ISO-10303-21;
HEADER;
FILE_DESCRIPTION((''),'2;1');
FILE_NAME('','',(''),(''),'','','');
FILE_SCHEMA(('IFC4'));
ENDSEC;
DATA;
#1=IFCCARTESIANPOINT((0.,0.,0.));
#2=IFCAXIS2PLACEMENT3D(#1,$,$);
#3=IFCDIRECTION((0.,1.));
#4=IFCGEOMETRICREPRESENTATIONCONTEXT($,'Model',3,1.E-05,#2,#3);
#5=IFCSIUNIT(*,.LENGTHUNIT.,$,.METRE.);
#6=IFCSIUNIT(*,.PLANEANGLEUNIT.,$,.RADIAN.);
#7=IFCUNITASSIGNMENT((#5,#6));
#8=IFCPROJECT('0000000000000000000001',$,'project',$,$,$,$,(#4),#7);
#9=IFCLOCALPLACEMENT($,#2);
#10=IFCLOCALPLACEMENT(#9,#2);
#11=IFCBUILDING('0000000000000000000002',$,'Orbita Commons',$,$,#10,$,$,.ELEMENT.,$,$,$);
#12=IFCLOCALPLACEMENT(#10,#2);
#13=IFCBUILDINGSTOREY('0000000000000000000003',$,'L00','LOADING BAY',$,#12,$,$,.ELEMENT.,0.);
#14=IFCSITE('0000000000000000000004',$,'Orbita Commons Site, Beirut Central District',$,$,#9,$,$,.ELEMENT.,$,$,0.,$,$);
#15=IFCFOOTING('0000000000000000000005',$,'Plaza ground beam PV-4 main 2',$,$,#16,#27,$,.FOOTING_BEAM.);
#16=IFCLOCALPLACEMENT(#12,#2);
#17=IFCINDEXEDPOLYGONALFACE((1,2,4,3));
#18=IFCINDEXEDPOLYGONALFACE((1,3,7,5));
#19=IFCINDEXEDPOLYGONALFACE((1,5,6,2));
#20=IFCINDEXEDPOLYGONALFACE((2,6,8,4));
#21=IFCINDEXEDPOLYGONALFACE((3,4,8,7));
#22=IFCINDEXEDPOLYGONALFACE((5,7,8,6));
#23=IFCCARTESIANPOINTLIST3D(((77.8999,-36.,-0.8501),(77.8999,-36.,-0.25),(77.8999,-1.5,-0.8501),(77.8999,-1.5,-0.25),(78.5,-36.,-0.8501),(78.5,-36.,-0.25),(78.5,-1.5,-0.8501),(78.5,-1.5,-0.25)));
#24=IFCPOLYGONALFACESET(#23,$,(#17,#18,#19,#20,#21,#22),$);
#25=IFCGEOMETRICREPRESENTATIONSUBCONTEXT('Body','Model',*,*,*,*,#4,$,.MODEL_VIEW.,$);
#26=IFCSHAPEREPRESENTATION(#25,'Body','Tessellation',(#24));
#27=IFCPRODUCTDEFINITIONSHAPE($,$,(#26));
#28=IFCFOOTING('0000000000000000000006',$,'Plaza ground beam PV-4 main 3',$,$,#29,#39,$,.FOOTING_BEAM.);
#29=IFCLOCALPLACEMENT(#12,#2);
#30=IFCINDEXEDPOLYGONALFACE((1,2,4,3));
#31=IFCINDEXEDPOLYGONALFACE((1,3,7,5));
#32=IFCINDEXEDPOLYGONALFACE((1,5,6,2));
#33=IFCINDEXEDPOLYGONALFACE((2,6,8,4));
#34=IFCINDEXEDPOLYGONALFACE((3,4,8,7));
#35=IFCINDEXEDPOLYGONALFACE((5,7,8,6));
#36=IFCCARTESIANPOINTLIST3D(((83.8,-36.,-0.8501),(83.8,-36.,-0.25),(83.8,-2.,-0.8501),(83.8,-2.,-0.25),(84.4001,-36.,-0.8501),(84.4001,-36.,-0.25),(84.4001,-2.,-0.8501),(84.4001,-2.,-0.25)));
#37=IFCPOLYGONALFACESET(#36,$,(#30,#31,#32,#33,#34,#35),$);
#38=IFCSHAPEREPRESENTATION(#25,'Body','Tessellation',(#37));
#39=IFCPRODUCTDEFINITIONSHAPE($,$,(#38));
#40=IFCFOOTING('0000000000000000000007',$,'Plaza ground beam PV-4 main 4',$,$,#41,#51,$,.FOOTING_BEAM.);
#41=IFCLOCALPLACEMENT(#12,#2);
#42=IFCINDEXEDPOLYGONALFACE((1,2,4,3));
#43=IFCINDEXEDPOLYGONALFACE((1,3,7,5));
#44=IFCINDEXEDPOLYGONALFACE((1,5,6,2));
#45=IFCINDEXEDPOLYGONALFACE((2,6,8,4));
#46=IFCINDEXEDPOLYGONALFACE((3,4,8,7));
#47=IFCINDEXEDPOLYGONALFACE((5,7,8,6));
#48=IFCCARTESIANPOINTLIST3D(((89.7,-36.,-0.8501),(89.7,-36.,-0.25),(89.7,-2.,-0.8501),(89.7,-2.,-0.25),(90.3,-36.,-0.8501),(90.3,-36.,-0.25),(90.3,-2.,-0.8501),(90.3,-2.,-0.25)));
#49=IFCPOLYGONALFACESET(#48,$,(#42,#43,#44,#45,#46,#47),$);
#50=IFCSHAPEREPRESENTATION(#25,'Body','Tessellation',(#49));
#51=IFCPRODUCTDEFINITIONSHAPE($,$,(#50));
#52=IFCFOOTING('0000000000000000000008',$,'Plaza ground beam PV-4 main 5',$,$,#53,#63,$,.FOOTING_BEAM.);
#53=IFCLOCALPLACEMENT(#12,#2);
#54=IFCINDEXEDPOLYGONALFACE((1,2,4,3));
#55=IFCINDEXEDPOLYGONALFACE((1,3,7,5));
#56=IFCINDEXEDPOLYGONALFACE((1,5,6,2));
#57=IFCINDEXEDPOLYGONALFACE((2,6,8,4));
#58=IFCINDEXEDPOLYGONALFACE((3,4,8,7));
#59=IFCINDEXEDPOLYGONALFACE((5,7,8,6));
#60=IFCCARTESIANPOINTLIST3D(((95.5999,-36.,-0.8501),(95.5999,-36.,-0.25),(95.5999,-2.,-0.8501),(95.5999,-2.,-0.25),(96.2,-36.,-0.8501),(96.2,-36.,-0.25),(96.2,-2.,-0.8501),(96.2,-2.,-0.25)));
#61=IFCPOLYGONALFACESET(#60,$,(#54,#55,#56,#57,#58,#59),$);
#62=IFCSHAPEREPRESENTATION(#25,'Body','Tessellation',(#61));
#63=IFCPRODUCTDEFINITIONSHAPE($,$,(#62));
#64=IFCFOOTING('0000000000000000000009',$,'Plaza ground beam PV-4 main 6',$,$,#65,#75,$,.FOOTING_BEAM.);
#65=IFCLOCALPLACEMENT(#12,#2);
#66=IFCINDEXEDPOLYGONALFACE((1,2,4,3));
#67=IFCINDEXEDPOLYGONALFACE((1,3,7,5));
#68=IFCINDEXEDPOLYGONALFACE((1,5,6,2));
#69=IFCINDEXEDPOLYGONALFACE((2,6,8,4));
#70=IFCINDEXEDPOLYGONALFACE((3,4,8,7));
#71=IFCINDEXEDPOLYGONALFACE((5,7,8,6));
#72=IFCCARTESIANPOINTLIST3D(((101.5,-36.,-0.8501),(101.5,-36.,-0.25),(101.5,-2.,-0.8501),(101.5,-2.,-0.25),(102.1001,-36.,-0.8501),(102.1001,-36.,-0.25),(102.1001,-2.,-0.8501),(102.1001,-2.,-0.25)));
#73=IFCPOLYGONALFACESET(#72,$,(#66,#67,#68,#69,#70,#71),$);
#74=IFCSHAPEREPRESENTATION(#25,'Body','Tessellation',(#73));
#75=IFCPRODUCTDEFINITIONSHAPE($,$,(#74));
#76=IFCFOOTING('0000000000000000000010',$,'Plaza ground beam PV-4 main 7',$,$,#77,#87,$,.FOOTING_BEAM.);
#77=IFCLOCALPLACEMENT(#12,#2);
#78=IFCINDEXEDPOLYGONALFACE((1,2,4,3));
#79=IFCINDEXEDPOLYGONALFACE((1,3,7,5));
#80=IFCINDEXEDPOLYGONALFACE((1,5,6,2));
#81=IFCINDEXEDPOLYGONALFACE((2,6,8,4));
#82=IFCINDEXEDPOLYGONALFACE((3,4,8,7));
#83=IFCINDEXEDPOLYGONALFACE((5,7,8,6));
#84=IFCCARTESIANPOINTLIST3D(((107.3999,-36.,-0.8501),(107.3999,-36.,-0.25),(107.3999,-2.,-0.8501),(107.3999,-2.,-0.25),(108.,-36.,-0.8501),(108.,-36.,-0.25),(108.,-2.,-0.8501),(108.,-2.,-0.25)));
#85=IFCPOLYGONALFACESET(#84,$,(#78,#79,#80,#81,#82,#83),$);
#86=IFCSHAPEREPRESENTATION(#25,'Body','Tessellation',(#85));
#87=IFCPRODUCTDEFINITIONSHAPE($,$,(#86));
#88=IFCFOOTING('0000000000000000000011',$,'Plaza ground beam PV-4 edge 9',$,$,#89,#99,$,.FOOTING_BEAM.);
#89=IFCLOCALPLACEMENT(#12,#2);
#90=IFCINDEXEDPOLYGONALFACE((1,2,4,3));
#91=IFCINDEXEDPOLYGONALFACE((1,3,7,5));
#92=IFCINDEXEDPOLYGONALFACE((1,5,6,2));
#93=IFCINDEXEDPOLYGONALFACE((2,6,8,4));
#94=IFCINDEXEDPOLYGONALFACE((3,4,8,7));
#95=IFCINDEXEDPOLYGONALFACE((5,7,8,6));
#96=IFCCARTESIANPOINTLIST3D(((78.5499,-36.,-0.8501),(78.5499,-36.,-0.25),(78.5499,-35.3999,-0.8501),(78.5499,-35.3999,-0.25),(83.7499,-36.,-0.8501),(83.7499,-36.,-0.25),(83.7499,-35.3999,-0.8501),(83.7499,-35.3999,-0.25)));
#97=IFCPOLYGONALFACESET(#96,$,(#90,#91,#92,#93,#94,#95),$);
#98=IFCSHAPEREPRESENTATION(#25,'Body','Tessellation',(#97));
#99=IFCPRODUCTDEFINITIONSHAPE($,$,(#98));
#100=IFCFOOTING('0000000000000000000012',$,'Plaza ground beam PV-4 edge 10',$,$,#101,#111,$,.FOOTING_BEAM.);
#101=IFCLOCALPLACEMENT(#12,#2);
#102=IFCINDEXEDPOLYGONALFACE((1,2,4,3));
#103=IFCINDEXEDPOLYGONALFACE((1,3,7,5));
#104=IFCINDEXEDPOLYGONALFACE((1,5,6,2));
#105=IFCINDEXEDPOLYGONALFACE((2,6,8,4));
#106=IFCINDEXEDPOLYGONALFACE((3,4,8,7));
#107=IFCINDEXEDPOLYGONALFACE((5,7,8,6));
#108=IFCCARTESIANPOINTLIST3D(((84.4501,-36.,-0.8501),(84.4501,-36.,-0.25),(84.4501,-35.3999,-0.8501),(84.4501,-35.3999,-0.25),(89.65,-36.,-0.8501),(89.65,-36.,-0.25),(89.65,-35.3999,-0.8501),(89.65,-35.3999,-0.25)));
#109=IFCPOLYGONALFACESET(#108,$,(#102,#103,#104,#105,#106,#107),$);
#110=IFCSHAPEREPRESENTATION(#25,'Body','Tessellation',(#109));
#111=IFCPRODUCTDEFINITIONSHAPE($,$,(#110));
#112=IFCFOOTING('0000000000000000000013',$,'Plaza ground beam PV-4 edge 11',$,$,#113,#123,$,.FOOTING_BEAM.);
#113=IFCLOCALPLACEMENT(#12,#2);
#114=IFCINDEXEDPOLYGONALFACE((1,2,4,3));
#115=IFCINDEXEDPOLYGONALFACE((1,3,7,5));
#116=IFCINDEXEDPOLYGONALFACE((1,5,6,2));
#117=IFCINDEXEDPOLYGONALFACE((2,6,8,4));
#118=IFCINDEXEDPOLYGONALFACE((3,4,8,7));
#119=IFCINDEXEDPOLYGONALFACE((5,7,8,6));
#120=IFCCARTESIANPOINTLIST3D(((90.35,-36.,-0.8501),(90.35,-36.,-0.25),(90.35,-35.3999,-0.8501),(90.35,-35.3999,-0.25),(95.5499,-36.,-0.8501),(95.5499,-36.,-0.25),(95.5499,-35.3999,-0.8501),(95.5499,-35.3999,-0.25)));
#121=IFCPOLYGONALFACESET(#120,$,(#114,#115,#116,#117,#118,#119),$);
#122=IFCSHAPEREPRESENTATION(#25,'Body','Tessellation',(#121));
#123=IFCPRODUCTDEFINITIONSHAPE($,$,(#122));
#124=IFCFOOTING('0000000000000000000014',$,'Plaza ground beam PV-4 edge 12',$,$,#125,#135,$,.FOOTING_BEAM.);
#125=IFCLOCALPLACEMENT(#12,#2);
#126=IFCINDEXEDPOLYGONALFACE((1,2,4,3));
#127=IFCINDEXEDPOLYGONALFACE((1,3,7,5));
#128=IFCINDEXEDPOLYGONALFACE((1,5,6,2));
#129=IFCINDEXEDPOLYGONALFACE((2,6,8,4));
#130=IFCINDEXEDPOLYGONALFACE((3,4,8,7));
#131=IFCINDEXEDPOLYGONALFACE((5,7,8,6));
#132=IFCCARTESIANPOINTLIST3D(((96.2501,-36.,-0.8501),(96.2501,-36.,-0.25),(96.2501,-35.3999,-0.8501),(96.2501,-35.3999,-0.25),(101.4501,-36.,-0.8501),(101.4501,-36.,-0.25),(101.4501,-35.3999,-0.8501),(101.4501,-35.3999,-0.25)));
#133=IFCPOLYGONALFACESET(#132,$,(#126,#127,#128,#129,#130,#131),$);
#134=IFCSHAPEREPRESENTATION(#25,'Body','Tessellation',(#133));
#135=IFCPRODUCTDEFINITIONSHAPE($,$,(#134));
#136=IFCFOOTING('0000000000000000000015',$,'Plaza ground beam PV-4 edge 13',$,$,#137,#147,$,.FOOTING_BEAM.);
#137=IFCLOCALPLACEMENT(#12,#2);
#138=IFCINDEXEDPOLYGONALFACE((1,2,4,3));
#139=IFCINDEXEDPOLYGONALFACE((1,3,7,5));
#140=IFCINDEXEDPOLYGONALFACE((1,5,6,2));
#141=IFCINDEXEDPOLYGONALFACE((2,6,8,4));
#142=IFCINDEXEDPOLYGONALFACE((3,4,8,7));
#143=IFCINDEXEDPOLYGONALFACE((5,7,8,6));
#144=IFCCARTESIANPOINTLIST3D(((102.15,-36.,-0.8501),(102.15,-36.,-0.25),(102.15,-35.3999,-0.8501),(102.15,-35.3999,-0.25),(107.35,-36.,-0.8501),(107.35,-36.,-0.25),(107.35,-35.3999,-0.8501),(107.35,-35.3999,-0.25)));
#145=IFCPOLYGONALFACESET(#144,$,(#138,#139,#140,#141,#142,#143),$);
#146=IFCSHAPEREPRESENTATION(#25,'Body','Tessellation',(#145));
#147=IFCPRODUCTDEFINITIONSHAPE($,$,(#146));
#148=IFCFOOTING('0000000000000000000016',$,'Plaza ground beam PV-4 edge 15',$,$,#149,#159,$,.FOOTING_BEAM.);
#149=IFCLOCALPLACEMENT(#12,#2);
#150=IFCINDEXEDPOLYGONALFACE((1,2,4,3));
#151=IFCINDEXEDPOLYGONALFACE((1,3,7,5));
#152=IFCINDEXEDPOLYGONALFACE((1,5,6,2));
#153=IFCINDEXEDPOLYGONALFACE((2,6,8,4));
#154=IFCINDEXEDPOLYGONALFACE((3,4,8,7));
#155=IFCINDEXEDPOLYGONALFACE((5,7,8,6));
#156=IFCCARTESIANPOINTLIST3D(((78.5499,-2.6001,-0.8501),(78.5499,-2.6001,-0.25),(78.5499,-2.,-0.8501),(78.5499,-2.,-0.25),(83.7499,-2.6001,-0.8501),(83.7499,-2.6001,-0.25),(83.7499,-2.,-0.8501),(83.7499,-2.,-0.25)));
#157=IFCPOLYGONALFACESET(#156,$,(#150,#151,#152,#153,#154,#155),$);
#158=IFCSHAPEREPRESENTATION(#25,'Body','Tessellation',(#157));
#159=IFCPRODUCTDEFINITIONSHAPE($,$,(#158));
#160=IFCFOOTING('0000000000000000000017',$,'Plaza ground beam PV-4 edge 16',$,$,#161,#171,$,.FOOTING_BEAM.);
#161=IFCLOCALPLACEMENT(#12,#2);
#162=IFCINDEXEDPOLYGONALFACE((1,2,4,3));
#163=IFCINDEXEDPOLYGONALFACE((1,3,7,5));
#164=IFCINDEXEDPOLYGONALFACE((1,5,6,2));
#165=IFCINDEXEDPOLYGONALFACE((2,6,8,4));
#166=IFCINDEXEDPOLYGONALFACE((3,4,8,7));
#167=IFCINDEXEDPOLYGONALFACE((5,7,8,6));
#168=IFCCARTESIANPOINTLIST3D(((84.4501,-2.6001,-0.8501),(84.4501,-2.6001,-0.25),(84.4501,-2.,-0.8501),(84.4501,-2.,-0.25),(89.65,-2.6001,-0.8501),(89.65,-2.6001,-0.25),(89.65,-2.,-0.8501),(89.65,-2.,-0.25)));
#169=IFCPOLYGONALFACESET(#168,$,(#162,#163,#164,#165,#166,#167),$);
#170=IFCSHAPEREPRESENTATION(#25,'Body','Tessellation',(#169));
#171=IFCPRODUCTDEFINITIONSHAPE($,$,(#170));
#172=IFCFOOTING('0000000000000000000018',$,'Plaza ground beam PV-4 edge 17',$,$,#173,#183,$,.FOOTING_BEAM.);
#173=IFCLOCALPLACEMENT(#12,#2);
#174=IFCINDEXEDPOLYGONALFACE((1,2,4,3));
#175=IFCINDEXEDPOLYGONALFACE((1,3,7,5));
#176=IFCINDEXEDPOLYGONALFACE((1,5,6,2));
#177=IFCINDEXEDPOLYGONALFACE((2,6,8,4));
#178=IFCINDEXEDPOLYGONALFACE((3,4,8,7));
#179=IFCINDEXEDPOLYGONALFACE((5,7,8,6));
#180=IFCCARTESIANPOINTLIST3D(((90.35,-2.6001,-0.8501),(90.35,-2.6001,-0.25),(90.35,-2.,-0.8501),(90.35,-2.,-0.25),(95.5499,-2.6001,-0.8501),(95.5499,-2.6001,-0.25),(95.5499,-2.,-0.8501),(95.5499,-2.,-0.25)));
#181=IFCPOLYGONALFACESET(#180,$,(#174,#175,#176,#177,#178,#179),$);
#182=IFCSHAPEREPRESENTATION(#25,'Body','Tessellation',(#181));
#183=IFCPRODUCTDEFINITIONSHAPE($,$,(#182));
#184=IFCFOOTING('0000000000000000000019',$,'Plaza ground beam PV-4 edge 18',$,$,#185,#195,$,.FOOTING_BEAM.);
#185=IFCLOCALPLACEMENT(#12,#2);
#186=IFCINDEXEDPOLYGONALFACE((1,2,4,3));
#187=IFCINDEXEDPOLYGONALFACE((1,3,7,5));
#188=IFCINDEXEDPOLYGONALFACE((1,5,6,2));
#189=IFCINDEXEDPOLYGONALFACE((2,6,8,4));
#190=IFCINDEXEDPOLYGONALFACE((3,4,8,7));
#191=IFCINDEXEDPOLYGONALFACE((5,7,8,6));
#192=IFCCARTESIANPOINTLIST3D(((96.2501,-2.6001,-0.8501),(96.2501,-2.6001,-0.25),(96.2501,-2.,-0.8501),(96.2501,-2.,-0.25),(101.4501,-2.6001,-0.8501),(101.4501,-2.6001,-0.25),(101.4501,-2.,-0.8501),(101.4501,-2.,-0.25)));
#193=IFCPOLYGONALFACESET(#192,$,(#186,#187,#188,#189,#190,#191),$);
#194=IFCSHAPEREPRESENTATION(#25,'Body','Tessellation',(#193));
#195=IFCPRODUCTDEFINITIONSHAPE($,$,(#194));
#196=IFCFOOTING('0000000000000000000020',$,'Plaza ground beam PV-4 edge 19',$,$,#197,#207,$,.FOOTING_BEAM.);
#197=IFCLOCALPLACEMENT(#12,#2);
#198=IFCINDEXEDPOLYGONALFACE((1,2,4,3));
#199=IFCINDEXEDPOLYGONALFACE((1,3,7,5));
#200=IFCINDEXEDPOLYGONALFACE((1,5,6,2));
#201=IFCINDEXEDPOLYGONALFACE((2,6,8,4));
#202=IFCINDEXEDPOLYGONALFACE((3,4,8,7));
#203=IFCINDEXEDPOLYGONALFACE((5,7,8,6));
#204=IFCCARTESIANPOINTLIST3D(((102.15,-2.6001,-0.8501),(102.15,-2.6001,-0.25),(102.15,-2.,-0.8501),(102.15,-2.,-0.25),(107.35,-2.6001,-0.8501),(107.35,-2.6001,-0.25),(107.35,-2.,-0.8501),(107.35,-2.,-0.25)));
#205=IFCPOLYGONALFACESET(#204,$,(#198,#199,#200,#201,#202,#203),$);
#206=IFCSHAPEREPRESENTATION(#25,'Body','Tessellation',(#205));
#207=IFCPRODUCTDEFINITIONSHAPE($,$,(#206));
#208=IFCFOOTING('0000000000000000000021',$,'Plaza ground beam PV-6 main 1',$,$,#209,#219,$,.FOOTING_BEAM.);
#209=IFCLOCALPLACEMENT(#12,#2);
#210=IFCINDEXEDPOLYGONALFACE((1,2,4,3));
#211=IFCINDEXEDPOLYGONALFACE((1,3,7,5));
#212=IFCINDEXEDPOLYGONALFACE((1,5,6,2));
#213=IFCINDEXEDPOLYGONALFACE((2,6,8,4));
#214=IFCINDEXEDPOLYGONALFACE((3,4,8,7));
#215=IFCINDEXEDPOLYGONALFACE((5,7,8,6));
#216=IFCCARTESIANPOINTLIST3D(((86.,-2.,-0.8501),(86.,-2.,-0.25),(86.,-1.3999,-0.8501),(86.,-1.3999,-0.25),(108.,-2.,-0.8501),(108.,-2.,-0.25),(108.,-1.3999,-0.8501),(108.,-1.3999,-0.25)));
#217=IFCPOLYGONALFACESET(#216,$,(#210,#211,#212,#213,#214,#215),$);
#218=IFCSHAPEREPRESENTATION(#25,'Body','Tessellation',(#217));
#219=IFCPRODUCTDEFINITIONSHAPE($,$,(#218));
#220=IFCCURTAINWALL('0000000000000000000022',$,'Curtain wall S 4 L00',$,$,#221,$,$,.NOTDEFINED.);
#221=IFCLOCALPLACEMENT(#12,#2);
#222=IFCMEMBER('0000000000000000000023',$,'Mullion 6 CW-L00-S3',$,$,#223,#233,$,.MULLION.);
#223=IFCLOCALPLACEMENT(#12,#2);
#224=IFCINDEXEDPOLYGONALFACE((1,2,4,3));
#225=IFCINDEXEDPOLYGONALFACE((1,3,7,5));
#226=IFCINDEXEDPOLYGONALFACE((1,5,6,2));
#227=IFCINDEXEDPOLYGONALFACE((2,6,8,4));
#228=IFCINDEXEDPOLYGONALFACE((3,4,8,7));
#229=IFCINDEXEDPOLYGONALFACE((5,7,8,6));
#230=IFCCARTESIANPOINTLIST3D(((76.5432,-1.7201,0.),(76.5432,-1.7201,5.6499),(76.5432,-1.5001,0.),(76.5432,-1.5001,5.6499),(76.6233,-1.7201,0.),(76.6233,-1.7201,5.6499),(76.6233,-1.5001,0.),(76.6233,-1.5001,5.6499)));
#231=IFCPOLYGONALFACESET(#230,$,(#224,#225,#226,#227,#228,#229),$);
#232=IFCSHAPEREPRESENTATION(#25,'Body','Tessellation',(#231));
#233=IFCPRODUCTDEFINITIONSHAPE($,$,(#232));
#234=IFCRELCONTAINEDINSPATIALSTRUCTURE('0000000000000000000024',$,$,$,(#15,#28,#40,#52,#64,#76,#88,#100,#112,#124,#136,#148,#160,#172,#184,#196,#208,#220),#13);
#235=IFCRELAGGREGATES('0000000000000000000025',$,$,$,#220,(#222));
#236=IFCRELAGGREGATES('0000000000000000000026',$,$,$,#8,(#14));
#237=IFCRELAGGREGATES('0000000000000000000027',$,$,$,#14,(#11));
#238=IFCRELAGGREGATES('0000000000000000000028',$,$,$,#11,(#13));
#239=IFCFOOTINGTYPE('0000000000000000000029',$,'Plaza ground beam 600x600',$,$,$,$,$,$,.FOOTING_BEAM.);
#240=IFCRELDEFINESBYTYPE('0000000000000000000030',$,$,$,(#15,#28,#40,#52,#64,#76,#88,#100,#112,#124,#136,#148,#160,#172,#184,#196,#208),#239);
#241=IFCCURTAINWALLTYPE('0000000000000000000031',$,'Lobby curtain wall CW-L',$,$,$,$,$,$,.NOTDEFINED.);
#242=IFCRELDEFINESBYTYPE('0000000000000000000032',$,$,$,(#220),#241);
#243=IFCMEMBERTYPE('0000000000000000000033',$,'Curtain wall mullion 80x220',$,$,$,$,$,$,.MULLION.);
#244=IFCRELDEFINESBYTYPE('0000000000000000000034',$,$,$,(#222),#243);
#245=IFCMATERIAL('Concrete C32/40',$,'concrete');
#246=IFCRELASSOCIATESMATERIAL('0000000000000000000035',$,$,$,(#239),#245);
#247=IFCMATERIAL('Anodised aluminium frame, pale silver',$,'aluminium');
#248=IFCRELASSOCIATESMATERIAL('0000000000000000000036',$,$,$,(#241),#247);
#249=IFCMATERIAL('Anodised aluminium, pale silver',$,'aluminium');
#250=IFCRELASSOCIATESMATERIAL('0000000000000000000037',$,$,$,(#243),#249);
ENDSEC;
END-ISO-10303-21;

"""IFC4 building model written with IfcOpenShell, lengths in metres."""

from ifc_helpers import new_model, si_unit, direction, frame, origin, origin_2d, place, context, subcontext, project, spatial, rectangle, extrude, material, material_profile, profile_set, type_object, element, aggregate, save


model = new_model("IFC4")

# Units and contexts
model_context = context("Model", 3, precision=1e-05, world=origin(), true_north=direction((0.0, 1.0)))
body_context = subcontext(model_context, "Body", "Model", "MODEL_VIEW")
ifc_project = project(units=[si_unit("LENGTHUNIT", "METRE"), si_unit("PLANEANGLEUNIT", "RADIAN")], contexts=[model_context])

# Site, building, storey
site_placement = place(None, origin())
site = spatial("IfcSite", under=ifc_project, at=site_placement, Name="Orbita Commons Site, Beirut Central District", CompositionType="ELEMENT", RefElevation=0.0)
building_placement = place(site_placement, origin())
building = spatial("IfcBuilding", under=site, at=building_placement, Name="Orbita Commons", CompositionType="ELEMENT")
storey_placement = place(building_placement, origin())
storey = spatial("IfcBuildingStorey", under=building, at=storey_placement, Name="L00", Description="LOADING BAY", CompositionType="ELEMENT", Elevation=0.0)

# Footings
ifc_material_1 = material(Name="Concrete C32/40", Category="concrete")
footing_type = type_object("IfcFootingType", Name="Plaza ground beam 600x600", PredefinedType="FOOTING_BEAM", material=ifc_material_1)
footing_1_placement = place(storey_placement, frame((78.2, -18.75, -0.8501), z_axis=(0.0, 0.0, 1.0), x_axis=(1.0, 0.0, 0.0)))
element("IfcFooting", 1, at=footing_1_placement, inside=storey, type_object=footing_type, Name="Plaza ground beam PV-4 main 2", PredefinedType="FOOTING_BEAM", context=body_context, shape_type="SweptSolid", body=[
    extrude(rectangle(XDim=0.6001, YDim=34.5, at=origin_2d()), origin(), (0.0, 0.0, 1.0), 0.6001),
])
for number, where, z_axis, x_axis, name in (
    (2, (84.1001, -19.0, -0.8501), (0.0, 0.0, 1.0), (1.0, 0.0, 0.0), "Plaza ground beam PV-4 main 3"),
    (3, (90.0, -19.0, -0.8501), (0.0, 0.0, 1.0), (1.0, 0.0, 0.0), "Plaza ground beam PV-4 main 4"),
    (4, (95.8999, -19.0, -0.8501), (0.0, 0.0, 1.0), (1.0, 0.0, 0.0), "Plaza ground beam PV-4 main 5"),
    (5, (101.8, -19.0, -0.8501), (0.0, 0.0, 1.0), (1.0, 0.0, 0.0), "Plaza ground beam PV-4 main 6"),
    (6, (107.7, -19.0, -0.8501), (0.0, 0.0, 1.0), (1.0, 0.0, 0.0), "Plaza ground beam PV-4 main 7"),
):
    element("IfcFooting", number, at=place(storey_placement, frame(where, z_axis=z_axis, x_axis=x_axis)), inside=storey, type_object=footing_type, Name=name, PredefinedType="FOOTING_BEAM", context=body_context, shape_type="SweptSolid", body=[
        extrude(rectangle(XDim=0.6001, YDim=34.0, at=origin_2d()), origin(), (0.0, 0.0, 1.0), 0.6001),
    ])
for number, where, z_axis, x_axis, name in (
    (7, (81.1499, -35.7, -0.8501), (0.0, 0.0, 1.0), (1.0, 0.0, 0.0), "Plaza ground beam PV-4 edge 9"),
    (8, (87.05, -35.7, -0.8501), (0.0, 0.0, 1.0), (1.0, 0.0, 0.0), "Plaza ground beam PV-4 edge 10"),
    (9, (92.95, -35.7, -0.8501), (0.0, 0.0, 1.0), (1.0, 0.0, 0.0), "Plaza ground beam PV-4 edge 11"),
    (10, (98.8501, -35.7, -0.8501), (0.0, 0.0, 1.0), (1.0, 0.0, 0.0), "Plaza ground beam PV-4 edge 12"),
    (11, (104.75, -35.7, -0.8501), (0.0, 0.0, 1.0), (1.0, 0.0, 0.0), "Plaza ground beam PV-4 edge 13"),
    (12, (81.1499, -2.3, -0.8501), (0.0, 0.0, 1.0), (1.0, 0.0, 0.0), "Plaza ground beam PV-4 edge 15"),
    (13, (87.05, -2.3, -0.8501), (0.0, 0.0, 1.0), (1.0, 0.0, 0.0), "Plaza ground beam PV-4 edge 16"),
    (14, (92.95, -2.3, -0.8501), (0.0, 0.0, 1.0), (1.0, 0.0, 0.0), "Plaza ground beam PV-4 edge 17"),
    (15, (98.8501, -2.3, -0.8501), (0.0, 0.0, 1.0), (1.0, 0.0, 0.0), "Plaza ground beam PV-4 edge 18"),
    (16, (104.75, -2.3, -0.8501), (0.0, 0.0, 1.0), (1.0, 0.0, 0.0), "Plaza ground beam PV-4 edge 19"),
):
    element("IfcFooting", number, at=place(storey_placement, frame(where, z_axis=z_axis, x_axis=x_axis)), inside=storey, type_object=footing_type, Name=name, PredefinedType="FOOTING_BEAM", context=body_context, shape_type="SweptSolid", body=[
        extrude(rectangle(XDim=5.2, YDim=0.6001, at=origin_2d()), origin(), (0.0, 0.0, 1.0), 0.6001),
    ])
footing_2_placement = place(storey_placement, frame((97.0, -1.7, -0.8501), z_axis=(0.0, 0.0, 1.0), x_axis=(1.0, 0.0, 0.0)))
element("IfcFooting", 17, at=footing_2_placement, inside=storey, type_object=footing_type, Name="Plaza ground beam PV-6 main 1", PredefinedType="FOOTING_BEAM", context=body_context, shape_type="SweptSolid", body=[
    extrude(rectangle(XDim=22.0, YDim=0.6001, at=origin_2d()), origin(), (0.0, 0.0, 1.0), 0.6001),
])

# Curtain wall, member
ifc_material_2 = material(Name="Anodised aluminium frame, pale silver", Category="aluminium")
curtain_wall_type = type_object("IfcCurtainWallType", Name="Lobby curtain wall CW-L", PredefinedType="NOTDEFINED", material=ifc_material_2)
curtain_wall_placement = place(storey_placement, origin())
curtain_wall = element("IfcCurtainWall", 18, at=curtain_wall_placement, inside=storey, type_object=curtain_wall_type, Name="Curtain wall S 4 L00", PredefinedType="NOTDEFINED")
ifc_material_3 = material(Name="Anodised aluminium, pale silver", Category="aluminium")
ifc_material_profile_1 = material_profile(ifc_material_3, rectangle(XDim=0.0801, YDim=0.22, at=origin_2d()), Name="AL 80x220")
ifc_profile_set_1 = profile_set([ifc_material_profile_1], Name="Anodised aluminium, pale silver")
member_type_1 = type_object("IfcMemberType", Name="Curtain wall mullion 80x220", PredefinedType="MULLION", material=ifc_profile_set_1)
member_1_placement = place(storey_placement, frame((76.5833, -1.6101, 0.0), z_axis=(0.0, 0.0, 1.0), x_axis=(1.0, 0.0, 0.0)))
member_1 = element("IfcMember", 19, at=member_1_placement, type_object=member_type_1, Name="Mullion 6 CW-L00-S3", PredefinedType="MULLION", context=body_context, shape_type="SweptSolid", body=[
    extrude(rectangle(XDim=0.0801, YDim=0.22, at=origin_2d()), origin(), (0.0, 0.0, 1.0), 5.6499),
])
aggregate(curtain_wall, [member_1])

save(model, "model.ifc")
